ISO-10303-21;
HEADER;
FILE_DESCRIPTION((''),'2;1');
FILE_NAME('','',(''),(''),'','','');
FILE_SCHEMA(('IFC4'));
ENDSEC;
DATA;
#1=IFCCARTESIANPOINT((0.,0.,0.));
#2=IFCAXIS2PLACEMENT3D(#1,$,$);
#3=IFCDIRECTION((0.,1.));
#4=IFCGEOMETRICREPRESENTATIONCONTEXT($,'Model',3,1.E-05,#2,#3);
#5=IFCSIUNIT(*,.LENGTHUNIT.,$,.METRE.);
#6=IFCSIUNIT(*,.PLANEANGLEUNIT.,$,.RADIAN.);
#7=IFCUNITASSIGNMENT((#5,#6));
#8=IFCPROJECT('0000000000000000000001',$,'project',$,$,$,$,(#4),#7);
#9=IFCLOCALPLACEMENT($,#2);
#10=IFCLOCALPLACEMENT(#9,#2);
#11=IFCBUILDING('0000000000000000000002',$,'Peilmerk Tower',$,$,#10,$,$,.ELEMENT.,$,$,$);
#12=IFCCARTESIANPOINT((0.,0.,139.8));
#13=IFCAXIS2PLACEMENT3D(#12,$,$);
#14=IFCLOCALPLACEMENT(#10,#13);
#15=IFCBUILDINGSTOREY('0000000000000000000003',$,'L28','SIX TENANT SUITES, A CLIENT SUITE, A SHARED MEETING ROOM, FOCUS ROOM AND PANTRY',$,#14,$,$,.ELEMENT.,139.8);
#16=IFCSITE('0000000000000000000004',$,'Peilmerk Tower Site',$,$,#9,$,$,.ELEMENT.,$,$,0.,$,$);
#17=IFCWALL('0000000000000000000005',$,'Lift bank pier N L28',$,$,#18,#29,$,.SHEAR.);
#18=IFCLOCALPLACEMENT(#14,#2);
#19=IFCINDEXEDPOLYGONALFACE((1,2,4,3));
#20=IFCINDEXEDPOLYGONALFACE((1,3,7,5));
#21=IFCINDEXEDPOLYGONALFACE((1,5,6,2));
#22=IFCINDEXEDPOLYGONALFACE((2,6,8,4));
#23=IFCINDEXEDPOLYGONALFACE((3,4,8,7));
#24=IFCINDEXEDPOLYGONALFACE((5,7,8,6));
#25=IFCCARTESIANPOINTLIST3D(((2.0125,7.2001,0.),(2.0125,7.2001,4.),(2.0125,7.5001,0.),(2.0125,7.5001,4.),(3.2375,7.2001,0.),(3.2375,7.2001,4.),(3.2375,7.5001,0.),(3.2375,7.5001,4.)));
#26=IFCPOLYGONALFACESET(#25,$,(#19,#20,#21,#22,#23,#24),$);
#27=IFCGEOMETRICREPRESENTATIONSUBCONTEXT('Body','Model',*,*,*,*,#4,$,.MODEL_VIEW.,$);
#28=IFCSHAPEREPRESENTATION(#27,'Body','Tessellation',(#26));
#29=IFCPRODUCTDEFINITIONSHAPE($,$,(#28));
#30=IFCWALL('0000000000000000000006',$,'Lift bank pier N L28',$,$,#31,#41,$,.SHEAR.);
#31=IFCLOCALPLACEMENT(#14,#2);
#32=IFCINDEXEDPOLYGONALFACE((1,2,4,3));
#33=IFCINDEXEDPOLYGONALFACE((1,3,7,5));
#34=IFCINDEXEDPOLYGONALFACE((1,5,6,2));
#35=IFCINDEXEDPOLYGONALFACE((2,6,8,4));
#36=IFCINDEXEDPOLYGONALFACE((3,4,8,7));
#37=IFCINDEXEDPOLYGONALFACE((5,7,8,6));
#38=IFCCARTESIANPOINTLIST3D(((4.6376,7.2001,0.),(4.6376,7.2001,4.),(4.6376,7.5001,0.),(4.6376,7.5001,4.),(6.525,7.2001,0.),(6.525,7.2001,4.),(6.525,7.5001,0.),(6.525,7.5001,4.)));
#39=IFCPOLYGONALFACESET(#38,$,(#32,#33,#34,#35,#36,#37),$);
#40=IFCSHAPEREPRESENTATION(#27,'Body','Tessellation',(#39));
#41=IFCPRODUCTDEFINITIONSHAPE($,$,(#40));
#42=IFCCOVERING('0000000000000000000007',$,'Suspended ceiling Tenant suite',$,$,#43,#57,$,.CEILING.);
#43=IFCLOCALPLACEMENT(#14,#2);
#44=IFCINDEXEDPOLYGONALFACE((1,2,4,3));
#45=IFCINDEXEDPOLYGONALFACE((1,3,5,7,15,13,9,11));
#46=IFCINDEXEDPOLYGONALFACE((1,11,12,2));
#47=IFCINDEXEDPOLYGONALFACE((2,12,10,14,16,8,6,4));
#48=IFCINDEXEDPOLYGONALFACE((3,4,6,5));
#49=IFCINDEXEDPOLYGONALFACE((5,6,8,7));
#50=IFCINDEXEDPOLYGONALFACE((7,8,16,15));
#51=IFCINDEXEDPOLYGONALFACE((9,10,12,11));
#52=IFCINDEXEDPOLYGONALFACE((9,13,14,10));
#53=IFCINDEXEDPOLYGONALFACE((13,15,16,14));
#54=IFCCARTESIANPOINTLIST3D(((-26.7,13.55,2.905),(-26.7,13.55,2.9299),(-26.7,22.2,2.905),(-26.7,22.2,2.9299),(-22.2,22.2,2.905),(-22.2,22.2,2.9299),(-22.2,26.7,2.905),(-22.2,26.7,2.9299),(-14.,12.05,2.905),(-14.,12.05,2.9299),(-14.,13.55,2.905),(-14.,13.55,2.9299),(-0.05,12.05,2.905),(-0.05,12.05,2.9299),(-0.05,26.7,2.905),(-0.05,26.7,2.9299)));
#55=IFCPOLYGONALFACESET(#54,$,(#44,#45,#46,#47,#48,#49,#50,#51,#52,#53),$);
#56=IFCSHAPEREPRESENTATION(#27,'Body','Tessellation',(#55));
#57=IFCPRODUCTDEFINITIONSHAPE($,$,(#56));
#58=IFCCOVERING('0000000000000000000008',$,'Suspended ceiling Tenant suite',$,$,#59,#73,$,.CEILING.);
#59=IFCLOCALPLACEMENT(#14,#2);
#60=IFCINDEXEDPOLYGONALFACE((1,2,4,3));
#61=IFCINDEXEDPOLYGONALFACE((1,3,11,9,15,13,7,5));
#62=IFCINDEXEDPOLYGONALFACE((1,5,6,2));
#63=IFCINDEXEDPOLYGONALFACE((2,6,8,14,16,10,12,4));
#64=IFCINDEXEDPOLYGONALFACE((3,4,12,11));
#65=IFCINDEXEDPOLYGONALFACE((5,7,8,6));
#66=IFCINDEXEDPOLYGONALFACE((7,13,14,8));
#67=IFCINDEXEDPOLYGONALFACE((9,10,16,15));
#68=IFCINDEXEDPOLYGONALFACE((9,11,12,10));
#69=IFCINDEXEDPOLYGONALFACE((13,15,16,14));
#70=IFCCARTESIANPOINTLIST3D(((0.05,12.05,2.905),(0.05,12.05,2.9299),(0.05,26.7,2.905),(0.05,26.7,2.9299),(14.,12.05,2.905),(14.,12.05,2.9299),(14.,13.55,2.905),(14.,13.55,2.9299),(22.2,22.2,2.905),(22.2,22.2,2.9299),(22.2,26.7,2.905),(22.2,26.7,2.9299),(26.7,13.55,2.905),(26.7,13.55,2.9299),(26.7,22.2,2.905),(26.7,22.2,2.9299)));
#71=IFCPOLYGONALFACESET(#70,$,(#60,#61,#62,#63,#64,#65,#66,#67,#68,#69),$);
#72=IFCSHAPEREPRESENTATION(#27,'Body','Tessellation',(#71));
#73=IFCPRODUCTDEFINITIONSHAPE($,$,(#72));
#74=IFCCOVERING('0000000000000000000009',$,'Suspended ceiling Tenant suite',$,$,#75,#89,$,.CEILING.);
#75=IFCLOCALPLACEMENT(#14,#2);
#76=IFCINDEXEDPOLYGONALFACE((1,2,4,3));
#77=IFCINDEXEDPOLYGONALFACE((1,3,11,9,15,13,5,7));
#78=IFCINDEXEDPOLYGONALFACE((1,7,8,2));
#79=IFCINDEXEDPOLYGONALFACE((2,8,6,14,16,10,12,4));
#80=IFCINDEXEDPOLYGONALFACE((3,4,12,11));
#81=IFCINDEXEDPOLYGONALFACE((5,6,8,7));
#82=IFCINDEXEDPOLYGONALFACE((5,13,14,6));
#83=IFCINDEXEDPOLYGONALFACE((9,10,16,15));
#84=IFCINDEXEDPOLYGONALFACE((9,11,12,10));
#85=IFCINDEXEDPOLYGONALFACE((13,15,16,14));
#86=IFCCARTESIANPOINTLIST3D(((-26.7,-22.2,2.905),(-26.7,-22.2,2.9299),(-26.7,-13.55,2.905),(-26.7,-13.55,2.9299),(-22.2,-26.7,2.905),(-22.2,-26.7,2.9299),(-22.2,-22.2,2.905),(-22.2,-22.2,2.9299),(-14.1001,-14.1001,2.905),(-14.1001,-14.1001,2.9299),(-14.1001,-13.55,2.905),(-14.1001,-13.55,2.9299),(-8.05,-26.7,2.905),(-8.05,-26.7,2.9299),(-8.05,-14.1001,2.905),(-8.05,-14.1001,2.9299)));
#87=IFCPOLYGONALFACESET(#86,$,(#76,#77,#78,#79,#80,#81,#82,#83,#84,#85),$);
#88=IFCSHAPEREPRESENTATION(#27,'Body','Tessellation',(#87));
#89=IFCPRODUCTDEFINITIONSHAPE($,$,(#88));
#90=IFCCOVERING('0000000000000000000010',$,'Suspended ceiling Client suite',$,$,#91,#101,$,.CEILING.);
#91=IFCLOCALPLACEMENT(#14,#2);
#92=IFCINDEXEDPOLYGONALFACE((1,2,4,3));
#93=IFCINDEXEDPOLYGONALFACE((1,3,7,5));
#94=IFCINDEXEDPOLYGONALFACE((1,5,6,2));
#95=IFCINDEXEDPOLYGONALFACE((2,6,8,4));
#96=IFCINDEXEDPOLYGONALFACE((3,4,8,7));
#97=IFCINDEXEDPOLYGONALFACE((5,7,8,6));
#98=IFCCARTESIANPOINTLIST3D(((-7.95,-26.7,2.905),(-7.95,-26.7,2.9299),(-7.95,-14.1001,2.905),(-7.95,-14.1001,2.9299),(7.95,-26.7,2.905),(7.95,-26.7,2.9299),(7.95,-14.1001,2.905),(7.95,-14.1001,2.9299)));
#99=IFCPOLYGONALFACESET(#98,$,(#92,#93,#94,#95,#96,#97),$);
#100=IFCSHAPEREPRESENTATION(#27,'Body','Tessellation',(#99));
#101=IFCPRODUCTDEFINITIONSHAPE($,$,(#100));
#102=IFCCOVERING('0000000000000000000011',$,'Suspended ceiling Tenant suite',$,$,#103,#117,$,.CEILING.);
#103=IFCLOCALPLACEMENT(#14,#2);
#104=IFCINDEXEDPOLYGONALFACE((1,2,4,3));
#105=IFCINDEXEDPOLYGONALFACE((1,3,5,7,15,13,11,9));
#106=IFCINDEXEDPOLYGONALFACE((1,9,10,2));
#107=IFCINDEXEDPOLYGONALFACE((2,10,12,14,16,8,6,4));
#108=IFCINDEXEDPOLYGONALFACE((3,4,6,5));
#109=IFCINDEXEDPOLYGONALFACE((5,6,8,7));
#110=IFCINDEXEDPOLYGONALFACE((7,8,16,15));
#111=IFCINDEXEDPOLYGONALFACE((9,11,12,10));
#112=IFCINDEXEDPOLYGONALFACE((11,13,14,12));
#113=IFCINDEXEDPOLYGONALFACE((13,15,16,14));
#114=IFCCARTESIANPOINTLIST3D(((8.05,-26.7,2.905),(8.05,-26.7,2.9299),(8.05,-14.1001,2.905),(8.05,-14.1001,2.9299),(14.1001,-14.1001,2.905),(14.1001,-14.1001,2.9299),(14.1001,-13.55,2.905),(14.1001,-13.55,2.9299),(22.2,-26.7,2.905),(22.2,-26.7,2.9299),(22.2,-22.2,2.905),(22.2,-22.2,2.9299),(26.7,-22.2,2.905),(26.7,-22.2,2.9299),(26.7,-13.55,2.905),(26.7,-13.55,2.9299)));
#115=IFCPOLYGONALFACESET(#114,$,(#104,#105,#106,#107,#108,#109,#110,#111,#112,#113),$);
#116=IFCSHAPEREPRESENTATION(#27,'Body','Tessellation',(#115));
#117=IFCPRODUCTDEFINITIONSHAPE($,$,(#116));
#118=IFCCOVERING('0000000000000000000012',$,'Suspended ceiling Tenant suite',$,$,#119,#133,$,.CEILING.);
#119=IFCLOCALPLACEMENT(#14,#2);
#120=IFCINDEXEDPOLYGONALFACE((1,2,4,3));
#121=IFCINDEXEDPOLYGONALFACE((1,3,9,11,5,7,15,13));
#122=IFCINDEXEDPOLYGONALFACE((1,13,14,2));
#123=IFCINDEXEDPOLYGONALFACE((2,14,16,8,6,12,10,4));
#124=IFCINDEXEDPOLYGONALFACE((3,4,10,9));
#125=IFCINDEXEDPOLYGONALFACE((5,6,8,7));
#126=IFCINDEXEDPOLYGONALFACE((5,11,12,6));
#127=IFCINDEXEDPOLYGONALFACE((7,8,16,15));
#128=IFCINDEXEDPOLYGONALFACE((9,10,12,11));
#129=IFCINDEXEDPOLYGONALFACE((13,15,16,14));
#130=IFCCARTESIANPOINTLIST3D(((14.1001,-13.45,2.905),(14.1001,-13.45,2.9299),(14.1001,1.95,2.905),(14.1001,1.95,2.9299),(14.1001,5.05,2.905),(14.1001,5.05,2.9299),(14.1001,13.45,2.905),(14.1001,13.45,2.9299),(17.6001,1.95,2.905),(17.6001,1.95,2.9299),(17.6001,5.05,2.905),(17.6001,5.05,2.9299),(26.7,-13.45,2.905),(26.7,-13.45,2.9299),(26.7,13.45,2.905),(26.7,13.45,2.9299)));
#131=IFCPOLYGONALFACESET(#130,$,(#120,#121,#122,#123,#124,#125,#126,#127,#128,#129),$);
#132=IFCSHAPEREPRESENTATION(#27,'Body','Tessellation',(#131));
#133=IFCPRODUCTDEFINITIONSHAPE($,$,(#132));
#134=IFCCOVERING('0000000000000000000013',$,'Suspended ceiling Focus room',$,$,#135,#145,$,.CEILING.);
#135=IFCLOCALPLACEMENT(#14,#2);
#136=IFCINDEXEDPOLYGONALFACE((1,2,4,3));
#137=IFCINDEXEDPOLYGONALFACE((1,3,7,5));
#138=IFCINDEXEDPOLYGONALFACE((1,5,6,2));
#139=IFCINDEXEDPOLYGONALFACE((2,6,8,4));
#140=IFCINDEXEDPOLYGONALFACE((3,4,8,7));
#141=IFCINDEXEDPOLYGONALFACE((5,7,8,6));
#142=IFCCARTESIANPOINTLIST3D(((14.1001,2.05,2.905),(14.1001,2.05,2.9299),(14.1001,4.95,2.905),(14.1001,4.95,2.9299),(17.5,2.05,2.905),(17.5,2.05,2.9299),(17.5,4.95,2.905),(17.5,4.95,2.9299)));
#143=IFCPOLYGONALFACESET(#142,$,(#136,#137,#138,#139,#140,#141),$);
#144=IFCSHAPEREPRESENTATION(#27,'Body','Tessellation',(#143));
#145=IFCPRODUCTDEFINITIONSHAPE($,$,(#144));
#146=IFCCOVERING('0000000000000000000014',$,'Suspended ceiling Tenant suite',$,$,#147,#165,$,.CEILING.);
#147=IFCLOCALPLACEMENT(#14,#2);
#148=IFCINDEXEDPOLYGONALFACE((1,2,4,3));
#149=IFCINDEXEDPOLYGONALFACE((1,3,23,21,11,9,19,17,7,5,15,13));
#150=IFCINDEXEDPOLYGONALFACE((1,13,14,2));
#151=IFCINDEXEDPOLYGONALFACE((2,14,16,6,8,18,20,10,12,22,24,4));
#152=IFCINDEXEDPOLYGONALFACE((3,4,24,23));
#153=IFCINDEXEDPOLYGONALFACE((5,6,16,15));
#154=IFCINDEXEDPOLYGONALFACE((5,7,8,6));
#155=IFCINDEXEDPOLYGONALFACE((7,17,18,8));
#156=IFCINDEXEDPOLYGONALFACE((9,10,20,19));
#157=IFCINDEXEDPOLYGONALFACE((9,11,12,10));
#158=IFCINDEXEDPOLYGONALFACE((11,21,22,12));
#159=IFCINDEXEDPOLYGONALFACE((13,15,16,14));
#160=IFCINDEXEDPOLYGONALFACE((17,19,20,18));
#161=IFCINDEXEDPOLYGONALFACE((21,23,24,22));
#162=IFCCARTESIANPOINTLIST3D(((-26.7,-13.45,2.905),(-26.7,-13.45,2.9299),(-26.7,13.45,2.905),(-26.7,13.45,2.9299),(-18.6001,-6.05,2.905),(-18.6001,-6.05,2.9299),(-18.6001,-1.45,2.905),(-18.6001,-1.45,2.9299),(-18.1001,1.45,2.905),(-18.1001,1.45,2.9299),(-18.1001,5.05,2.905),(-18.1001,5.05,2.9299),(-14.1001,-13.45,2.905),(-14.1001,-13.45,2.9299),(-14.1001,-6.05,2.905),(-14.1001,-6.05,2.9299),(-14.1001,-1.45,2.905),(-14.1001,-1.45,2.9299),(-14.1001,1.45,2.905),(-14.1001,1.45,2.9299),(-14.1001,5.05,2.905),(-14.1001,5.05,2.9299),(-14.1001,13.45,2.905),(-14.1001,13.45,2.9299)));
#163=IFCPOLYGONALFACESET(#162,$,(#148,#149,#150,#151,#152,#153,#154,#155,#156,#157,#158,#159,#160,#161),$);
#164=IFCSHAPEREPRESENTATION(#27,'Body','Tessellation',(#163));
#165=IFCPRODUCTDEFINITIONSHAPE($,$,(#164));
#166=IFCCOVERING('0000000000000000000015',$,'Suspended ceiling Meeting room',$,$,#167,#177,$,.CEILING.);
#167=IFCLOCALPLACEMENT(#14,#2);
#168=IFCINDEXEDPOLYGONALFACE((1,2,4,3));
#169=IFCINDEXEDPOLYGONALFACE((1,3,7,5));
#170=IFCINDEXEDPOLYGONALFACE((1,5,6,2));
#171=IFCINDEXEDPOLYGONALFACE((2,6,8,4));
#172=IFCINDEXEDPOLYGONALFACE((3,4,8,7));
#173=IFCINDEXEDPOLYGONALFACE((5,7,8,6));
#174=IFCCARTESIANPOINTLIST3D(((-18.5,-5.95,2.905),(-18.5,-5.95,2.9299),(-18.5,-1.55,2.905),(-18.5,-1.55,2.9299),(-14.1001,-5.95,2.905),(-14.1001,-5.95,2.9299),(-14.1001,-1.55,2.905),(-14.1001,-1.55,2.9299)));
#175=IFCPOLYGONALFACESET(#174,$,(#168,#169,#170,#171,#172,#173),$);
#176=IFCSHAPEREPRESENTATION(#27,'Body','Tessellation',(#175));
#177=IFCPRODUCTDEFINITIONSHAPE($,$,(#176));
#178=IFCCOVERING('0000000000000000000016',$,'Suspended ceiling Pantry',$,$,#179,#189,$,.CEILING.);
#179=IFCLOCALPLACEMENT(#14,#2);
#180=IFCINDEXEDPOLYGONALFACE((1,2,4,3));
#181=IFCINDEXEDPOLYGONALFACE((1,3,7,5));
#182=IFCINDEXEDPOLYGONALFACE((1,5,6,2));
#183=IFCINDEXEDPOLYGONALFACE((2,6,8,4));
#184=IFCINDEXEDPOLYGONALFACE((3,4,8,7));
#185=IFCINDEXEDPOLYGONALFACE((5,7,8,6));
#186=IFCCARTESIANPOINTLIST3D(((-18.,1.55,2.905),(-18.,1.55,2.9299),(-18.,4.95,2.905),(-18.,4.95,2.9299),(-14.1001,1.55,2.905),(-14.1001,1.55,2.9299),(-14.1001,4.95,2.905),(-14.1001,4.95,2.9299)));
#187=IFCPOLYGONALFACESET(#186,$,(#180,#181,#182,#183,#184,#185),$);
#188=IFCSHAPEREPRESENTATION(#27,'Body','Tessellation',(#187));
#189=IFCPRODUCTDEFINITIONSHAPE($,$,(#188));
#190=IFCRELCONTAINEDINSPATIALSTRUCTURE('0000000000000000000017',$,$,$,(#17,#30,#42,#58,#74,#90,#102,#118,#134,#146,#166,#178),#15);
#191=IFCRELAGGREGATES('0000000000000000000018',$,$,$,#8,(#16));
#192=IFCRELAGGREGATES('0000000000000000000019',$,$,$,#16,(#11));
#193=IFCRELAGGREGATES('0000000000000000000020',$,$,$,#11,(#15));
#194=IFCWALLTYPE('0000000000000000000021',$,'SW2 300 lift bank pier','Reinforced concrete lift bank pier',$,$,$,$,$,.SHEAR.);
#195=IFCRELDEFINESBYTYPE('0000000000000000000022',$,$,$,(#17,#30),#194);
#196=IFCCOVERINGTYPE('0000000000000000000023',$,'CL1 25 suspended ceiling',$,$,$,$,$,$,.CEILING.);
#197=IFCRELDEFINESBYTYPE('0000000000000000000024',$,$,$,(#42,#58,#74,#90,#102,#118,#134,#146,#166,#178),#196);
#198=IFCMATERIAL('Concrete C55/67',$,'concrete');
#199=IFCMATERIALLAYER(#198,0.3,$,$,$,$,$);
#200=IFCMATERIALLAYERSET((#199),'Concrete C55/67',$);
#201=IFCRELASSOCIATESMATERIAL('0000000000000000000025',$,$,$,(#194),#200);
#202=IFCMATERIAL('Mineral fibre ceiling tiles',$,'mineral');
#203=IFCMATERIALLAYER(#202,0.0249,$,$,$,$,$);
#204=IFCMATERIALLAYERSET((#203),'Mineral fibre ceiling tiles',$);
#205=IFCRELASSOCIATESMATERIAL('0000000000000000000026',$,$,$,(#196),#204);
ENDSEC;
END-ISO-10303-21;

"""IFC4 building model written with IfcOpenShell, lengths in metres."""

from ifc_helpers import new_model, si_unit, direction, frame, frame_2d, origin, place, context, subcontext, project, spatial, polyline, rectangle, outline, extrude, material, layer, layer_set, type_object, element, save


model = new_model("IFC4")

# Units and contexts
model_context = context("Model", 3, precision=1e-05, world=origin(), true_north=direction((0.0, 1.0)))
body_context = subcontext(model_context, "Body", "Model", "MODEL_VIEW")
ifc_project = project(units=[si_unit("LENGTHUNIT", "METRE"), si_unit("PLANEANGLEUNIT", "RADIAN")], contexts=[model_context])

# Site, building, storey
site_placement = place(None, origin())
site = spatial("IfcSite", under=ifc_project, at=site_placement, Name="Peilmerk Tower Site", CompositionType="ELEMENT", RefElevation=0.0)
building_placement = place(site_placement, origin())
building = spatial("IfcBuilding", under=site, at=building_placement, Name="Peilmerk Tower", CompositionType="ELEMENT")
storey_placement = place(building_placement, frame((0.0, 0.0, 139.8)))
storey = spatial("IfcBuildingStorey", under=building, at=storey_placement, Name="L28", Description="SIX TENANT SUITES, A CLIENT SUITE, A SHARED MEETING ROOM, FOCUS ROOM AND PANTRY", CompositionType="ELEMENT", Elevation=139.8)

# Walls
ifc_material_1 = material(Name="Concrete C55/67", Category="concrete")
ifc_layer_1 = layer(ifc_material_1, 0.3)
ifc_layer_set_1 = layer_set([ifc_layer_1], Name="Concrete C55/67")
wall_type_1 = type_object("IfcWallType", Name="SW2 300 lift bank pier", Description="Reinforced concrete lift bank pier", PredefinedType="SHEAR", material=ifc_layer_set_1)
wall_1_placement = place(storey_placement, frame((2.0125, 7.3501, 0.0), z_axis=(0.0, 0.0, 1.0), x_axis=(1.0, 0.0, 0.0)))
element("IfcWall", 1, at=wall_1_placement, inside=storey, type_object=wall_type_1, Name="Lift bank pier N L28", PredefinedType="SHEAR", context=body_context, shape_type="SweptSolid", body=[
    extrude(rectangle(XDim=1.2251, YDim=0.3, at=frame_2d((0.6125, 0.0))), origin(), (0.0, 0.0, 1.0), 4.0),
])
wall_2_placement = place(storey_placement, frame((4.6375, 7.3501, 0.0), z_axis=(0.0, 0.0, 1.0), x_axis=(1.0, 0.0, 0.0)))
element("IfcWall", 2, at=wall_2_placement, inside=storey, type_object=wall_type_1, Name="Lift bank pier N L28", PredefinedType="SHEAR", context=body_context, shape_type="SweptSolid", body=[
    extrude(rectangle(XDim=1.8875, YDim=0.3, at=frame_2d((0.9438, 0.0))), origin(), (0.0, 0.0, 1.0), 4.0),
])

# Coverings
ifc_material_2 = material(Name="Mineral fibre ceiling tiles", Category="mineral")
ifc_layer_2 = layer(ifc_material_2, 0.0249)
ifc_layer_set_2 = layer_set([ifc_layer_2], Name="Mineral fibre ceiling tiles")
covering_type = type_object("IfcCoveringType", Name="CL1 25 suspended ceiling", PredefinedType="CEILING", material=ifc_layer_set_2)
covering_1_placement = place(storey_placement, frame((0.0, 0.0, 2.905)))
element("IfcCovering", 3, at=covering_1_placement, inside=storey, type_object=covering_type, Name="Suspended ceiling Tenant suite", PredefinedType="CEILING", context=body_context, shape_type="SweptSolid", body=[
    extrude(outline(polyline([(-26.7, 22.2), (-26.7, 13.55), (-14.0, 13.55), (-14.0, 12.05), (-0.05, 12.05), (-0.05, 26.7), (-22.2, 26.7), (-22.2, 22.2), (-26.7, 22.2)])), origin(), (0.0, 0.0, 1.0), 0.0249),
])
covering_2_placement = place(storey_placement, frame((0.0, 0.0, 2.905)))
element("IfcCovering", 4, at=covering_2_placement, inside=storey, type_object=covering_type, Name="Suspended ceiling Tenant suite", PredefinedType="CEILING", context=body_context, shape_type="SweptSolid", body=[
    extrude(outline(polyline([(22.2, 26.7), (0.05, 26.7), (0.05, 12.05), (14.0, 12.05), (14.0, 13.55), (26.7, 13.55), (26.7, 22.2), (22.2, 22.2), (22.2, 26.7)])), origin(), (0.0, 0.0, 1.0), 0.0249),
])
covering_3_placement = place(storey_placement, frame((0.0, 0.0, 2.905)))
element("IfcCovering", 5, at=covering_3_placement, inside=storey, type_object=covering_type, Name="Suspended ceiling Tenant suite", PredefinedType="CEILING", context=body_context, shape_type="SweptSolid", body=[
    extrude(outline(polyline([(-22.2, -26.7), (-8.05, -26.7), (-8.05, -14.1001), (-14.1001, -14.1001), (-14.1001, -13.55), (-26.7, -13.55), (-26.7, -22.2), (-22.2, -22.2), (-22.2, -26.7)])), origin(), (0.0, 0.0, 1.0), 0.0249),
])
covering_4_placement = place(storey_placement, frame((0.0, 0.0, 2.905)))
element("IfcCovering", 6, at=covering_4_placement, inside=storey, type_object=covering_type, Name="Suspended ceiling Client suite", PredefinedType="CEILING", context=body_context, shape_type="SweptSolid", body=[
    extrude(outline(polyline([(-7.95, -26.7), (7.95, -26.7), (7.95, -14.1001), (-7.95, -14.1001), (-7.95, -26.7)])), origin(), (0.0, 0.0, 1.0), 0.0249),
])
covering_5_placement = place(storey_placement, frame((0.0, 0.0, 2.905)))
element("IfcCovering", 7, at=covering_5_placement, inside=storey, type_object=covering_type, Name="Suspended ceiling Tenant suite", PredefinedType="CEILING", context=body_context, shape_type="SweptSolid", body=[
    extrude(outline(polyline([(8.05, -26.7), (22.2, -26.7), (22.2, -22.2), (26.7, -22.2), (26.7, -13.55), (14.1001, -13.55), (14.1001, -14.1001), (8.05, -14.1001), (8.05, -26.7)])), origin(), (0.0, 0.0, 1.0), 0.0249),
])
covering_6_placement = place(storey_placement, frame((0.0, 0.0, 2.905)))
element("IfcCovering", 8, at=covering_6_placement, inside=storey, type_object=covering_type, Name="Suspended ceiling Tenant suite", PredefinedType="CEILING", context=body_context, shape_type="SweptSolid", body=[
    extrude(outline(polyline([(14.1001, -13.45), (26.7, -13.45), (26.7, 13.45), (14.1001, 13.45), (14.1001, 5.05), (17.6001, 5.05), (17.6001, 1.95), (14.1001, 1.95), (14.1001, -13.45)])), origin(), (0.0, 0.0, 1.0), 0.0249),
])
covering_7_placement = place(storey_placement, frame((0.0, 0.0, 2.905)))
element("IfcCovering", 9, at=covering_7_placement, inside=storey, type_object=covering_type, Name="Suspended ceiling Focus room", PredefinedType="CEILING", context=body_context, shape_type="SweptSolid", body=[
    extrude(outline(polyline([(17.5, 2.05), (17.5, 4.95), (14.1001, 4.95), (14.1001, 2.05), (17.5, 2.05)])), origin(), (0.0, 0.0, 1.0), 0.0249),
])
covering_8_placement = place(storey_placement, frame((0.0, 0.0, 2.905)))
element("IfcCovering", 10, at=covering_8_placement, inside=storey, type_object=covering_type, Name="Suspended ceiling Tenant suite", PredefinedType="CEILING", context=body_context, shape_type="SweptSolid", body=[
    extrude(outline(polyline([(-14.1001, 13.45), (-26.7, 13.45), (-26.7, -13.45), (-14.1001, -13.45), (-14.1001, -6.05), (-18.6001, -6.05), (-18.6001, -1.45), (-14.1001, -1.45), (-14.1001, 1.45), (-18.1001, 1.45), (-18.1001, 5.05), (-14.1001, 5.05), (-14.1001, 13.45)])), origin(), (0.0, 0.0, 1.0), 0.0249),
])
covering_9_placement = place(storey_placement, frame((0.0, 0.0, 2.905)))
element("IfcCovering", 11, at=covering_9_placement, inside=storey, type_object=covering_type, Name="Suspended ceiling Meeting room", PredefinedType="CEILING", context=body_context, shape_type="SweptSolid", body=[
    extrude(outline(polyline([(-14.1001, -5.95), (-14.1001, -1.55), (-18.5, -1.55), (-18.5, -5.95), (-14.1001, -5.95)])), origin(), (0.0, 0.0, 1.0), 0.0249),
])
covering_10_placement = place(storey_placement, frame((0.0, 0.0, 2.905)))
element("IfcCovering", 12, at=covering_10_placement, inside=storey, type_object=covering_type, Name="Suspended ceiling Pantry", PredefinedType="CEILING", context=body_context, shape_type="SweptSolid", body=[
    extrude(outline(polyline([(-14.1001, 1.55), (-14.1001, 4.95), (-18.0, 4.95), (-18.0, 1.55), (-14.1001, 1.55)])), origin(), (0.0, 0.0, 1.0), 0.0249),
])

save(model, "model.ifc")
